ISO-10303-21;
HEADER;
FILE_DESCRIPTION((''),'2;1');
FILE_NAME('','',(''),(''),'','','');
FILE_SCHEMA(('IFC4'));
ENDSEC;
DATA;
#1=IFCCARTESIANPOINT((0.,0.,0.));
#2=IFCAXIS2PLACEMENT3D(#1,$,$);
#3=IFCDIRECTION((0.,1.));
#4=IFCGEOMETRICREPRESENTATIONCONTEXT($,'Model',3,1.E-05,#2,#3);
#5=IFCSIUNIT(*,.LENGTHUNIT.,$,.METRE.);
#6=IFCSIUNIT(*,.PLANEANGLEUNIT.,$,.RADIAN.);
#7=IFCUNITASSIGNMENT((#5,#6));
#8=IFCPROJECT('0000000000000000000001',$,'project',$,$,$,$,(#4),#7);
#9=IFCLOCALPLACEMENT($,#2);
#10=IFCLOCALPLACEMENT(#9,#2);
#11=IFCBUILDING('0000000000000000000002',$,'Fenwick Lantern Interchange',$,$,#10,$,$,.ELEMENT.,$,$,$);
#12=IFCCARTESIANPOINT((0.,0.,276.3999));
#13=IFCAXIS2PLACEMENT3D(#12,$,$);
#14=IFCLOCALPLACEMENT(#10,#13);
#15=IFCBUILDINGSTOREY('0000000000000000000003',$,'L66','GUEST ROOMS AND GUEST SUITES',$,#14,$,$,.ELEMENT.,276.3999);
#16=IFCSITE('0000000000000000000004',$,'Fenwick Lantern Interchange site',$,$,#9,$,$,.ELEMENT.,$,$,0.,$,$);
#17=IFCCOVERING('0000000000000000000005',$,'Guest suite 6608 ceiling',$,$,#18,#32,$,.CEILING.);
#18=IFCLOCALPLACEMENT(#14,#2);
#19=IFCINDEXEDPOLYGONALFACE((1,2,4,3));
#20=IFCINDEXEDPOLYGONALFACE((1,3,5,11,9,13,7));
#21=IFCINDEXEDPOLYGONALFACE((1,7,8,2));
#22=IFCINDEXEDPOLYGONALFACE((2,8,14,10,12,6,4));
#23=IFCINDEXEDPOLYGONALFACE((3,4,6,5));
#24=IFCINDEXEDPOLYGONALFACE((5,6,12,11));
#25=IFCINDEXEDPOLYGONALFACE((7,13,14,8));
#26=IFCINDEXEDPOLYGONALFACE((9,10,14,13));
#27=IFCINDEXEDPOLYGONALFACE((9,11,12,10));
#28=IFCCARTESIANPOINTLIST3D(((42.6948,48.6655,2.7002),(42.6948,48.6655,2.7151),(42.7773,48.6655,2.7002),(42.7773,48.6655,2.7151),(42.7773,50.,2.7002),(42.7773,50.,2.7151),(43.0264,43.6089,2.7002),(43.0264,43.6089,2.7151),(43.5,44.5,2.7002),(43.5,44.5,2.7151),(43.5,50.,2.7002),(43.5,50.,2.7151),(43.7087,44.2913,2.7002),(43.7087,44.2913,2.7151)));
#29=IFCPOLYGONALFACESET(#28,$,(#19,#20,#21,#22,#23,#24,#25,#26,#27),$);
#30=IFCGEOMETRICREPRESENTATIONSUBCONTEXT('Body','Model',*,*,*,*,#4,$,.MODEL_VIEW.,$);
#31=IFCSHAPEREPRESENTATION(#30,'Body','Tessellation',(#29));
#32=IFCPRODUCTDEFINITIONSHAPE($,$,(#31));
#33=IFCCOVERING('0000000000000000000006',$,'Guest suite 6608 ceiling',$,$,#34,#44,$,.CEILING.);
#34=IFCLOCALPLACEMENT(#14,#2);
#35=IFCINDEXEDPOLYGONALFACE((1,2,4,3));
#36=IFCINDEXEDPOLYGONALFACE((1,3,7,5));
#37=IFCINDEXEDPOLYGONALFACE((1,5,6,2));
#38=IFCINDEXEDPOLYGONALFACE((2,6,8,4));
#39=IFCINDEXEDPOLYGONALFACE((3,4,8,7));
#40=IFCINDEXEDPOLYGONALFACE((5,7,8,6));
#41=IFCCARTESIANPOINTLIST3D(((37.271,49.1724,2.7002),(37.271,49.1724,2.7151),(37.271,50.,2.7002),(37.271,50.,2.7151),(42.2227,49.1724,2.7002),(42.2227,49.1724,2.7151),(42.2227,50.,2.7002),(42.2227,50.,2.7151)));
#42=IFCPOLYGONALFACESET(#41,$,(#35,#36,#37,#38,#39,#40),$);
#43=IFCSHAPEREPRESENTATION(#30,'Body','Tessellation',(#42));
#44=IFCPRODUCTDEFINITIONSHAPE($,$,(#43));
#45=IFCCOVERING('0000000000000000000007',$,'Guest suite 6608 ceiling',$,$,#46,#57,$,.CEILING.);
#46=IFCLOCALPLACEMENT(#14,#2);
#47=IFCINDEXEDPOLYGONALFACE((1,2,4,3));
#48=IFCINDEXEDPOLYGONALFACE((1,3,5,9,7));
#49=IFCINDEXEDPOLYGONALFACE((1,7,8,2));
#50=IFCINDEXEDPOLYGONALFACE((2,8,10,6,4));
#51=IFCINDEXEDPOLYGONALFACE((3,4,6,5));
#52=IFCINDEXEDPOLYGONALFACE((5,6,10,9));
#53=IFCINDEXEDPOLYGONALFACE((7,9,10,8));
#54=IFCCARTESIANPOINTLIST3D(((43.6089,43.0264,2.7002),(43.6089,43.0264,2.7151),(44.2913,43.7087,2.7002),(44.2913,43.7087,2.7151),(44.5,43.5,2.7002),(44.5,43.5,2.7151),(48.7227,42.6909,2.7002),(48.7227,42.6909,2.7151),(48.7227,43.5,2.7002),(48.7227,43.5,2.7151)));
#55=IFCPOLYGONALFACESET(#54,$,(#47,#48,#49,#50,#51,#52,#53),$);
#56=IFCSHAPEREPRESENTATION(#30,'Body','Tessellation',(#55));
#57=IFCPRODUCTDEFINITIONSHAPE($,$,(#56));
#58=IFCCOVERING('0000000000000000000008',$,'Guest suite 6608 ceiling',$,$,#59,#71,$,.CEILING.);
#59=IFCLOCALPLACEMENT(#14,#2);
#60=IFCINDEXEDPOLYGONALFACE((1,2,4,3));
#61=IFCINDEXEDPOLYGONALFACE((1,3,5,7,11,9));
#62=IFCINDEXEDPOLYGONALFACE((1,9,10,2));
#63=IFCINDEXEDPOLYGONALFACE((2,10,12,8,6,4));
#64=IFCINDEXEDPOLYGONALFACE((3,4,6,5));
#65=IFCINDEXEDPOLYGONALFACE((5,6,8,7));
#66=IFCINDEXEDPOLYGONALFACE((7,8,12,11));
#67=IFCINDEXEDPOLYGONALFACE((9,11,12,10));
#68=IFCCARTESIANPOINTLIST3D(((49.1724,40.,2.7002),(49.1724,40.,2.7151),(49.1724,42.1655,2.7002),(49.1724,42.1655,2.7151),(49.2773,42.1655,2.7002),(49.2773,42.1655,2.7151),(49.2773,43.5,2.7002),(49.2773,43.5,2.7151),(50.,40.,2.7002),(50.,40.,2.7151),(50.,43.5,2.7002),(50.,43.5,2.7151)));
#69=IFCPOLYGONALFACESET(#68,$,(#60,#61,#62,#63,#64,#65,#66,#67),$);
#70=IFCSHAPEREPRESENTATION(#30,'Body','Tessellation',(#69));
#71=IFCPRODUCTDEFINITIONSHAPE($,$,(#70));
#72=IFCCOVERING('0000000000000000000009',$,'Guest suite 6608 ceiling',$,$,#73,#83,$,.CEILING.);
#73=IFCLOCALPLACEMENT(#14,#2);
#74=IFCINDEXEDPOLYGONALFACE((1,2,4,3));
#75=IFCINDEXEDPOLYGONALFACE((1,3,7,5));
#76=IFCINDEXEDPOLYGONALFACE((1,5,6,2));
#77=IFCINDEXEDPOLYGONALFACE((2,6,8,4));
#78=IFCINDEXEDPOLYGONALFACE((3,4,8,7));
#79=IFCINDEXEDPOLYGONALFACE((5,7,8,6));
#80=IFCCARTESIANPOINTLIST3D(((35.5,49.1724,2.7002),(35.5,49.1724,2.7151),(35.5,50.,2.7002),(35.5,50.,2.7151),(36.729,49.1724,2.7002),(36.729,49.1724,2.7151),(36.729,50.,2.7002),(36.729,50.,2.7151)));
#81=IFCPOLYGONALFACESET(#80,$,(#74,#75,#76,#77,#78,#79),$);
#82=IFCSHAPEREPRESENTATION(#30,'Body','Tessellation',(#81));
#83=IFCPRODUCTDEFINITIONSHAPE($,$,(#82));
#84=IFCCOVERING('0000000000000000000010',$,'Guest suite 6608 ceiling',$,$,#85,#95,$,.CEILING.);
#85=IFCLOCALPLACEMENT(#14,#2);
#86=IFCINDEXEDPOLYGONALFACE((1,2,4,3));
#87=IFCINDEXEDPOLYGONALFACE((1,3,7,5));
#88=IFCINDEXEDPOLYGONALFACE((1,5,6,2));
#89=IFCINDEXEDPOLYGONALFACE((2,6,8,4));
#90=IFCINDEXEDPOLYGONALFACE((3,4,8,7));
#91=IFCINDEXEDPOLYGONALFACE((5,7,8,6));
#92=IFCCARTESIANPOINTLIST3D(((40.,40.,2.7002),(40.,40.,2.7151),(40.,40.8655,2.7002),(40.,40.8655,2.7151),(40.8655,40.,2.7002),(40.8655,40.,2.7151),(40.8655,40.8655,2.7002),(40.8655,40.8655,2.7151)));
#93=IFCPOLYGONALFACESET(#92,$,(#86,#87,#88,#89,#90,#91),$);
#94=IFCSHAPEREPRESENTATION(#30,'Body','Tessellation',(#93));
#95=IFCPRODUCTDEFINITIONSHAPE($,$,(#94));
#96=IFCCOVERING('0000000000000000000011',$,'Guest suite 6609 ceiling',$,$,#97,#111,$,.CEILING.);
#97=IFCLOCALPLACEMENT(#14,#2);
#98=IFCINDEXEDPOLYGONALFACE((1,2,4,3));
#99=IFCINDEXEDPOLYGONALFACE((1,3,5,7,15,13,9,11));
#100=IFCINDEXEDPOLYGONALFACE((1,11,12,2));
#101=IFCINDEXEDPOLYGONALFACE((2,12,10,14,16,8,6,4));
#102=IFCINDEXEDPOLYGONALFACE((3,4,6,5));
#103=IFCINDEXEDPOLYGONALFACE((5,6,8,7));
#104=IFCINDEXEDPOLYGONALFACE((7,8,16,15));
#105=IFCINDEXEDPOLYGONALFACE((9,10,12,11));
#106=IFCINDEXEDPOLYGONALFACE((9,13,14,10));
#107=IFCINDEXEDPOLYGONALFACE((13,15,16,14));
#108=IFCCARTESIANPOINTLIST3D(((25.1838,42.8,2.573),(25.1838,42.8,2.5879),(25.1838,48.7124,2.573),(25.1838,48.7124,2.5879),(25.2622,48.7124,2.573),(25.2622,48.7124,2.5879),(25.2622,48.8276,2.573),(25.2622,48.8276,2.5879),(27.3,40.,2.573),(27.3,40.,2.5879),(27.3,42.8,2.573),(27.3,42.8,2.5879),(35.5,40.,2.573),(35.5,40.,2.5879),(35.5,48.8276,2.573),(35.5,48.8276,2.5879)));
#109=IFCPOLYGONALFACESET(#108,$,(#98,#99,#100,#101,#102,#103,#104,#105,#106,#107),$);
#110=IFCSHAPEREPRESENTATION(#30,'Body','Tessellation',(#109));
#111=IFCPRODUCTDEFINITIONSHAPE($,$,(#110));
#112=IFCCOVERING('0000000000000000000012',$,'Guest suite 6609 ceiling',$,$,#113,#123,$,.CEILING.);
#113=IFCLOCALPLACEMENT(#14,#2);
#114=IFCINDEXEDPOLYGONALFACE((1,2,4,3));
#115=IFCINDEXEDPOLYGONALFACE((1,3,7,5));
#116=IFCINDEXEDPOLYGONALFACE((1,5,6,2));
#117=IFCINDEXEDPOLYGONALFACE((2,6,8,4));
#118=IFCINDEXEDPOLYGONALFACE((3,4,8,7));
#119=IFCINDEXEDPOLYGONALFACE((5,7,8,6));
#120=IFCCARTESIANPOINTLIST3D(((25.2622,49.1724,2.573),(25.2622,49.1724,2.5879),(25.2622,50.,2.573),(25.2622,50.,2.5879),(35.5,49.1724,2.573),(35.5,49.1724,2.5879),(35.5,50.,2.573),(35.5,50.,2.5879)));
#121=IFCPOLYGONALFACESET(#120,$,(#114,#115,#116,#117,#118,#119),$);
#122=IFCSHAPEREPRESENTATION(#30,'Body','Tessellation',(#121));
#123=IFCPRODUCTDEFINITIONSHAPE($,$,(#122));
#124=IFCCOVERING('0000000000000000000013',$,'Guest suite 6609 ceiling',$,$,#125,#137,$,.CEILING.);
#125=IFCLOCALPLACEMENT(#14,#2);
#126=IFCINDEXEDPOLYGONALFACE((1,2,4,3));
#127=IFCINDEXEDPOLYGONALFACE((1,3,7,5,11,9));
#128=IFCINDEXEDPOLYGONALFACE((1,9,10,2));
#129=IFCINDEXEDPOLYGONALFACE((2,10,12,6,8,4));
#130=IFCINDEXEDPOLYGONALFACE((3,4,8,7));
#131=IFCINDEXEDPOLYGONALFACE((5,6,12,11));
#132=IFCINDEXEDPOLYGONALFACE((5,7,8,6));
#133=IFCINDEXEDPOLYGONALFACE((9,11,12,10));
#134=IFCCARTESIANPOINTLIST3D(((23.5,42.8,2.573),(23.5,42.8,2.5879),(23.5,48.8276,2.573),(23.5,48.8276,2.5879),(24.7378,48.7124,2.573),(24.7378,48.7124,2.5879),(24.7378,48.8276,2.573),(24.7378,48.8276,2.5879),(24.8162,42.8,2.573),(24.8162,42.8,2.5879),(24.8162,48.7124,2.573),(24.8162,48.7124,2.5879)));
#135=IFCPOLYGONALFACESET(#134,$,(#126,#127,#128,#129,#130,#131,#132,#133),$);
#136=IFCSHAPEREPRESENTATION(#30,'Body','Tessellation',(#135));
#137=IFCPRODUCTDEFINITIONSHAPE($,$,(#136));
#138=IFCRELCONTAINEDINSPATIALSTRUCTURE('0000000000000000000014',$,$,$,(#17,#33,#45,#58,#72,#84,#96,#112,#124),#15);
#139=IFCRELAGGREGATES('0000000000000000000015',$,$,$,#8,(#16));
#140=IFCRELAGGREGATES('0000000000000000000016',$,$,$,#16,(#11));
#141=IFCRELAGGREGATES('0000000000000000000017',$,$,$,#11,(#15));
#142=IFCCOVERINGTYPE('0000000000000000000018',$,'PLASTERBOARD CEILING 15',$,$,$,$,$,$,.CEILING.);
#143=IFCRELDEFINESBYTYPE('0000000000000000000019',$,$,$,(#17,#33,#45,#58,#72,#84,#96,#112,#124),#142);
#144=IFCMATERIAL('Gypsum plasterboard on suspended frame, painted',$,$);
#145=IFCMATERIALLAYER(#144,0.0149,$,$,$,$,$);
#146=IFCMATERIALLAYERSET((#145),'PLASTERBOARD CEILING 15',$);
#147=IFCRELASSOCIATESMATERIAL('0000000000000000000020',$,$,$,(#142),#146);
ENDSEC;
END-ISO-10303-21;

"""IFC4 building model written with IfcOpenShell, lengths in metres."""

from ifc_helpers import new_model, si_unit, direction, frame, origin, place, context, subcontext, project, spatial, polyline, outline, extrude, material, layer, layer_set, type_object, element, save


model = new_model("IFC4")

# Units and contexts
model_context = context("Model", 3, precision=1e-05, world=origin(), true_north=direction((0.0, 1.0)))
body_context = subcontext(model_context, "Body", "Model", "MODEL_VIEW")
ifc_project = project(units=[si_unit("LENGTHUNIT", "METRE"), si_unit("PLANEANGLEUNIT", "RADIAN")], contexts=[model_context])

# Site, building, storey
site_placement = place(None, origin())
site = spatial("IfcSite", under=ifc_project, at=site_placement, Name="Fenwick Lantern Interchange site", CompositionType="ELEMENT", RefElevation=0.0)
building_placement = place(site_placement, origin())
building = spatial("IfcBuilding", under=site, at=building_placement, Name="Fenwick Lantern Interchange", CompositionType="ELEMENT")
storey_placement = place(building_placement, frame((0.0, 0.0, 276.3999)))
storey = spatial("IfcBuildingStorey", under=building, at=storey_placement, Name="L66", Description="GUEST ROOMS AND GUEST SUITES", CompositionType="ELEMENT", Elevation=276.3999)

# Coverings
ifc_material_1 = material(Name="Gypsum plasterboard on suspended frame, painted")
ifc_layer_1 = layer(ifc_material_1, 0.0149)
ifc_layer_set_1 = layer_set([ifc_layer_1], Name="PLASTERBOARD CEILING 15")
covering_type_1 = type_object("IfcCoveringType", Name="PLASTERBOARD CEILING 15", PredefinedType="CEILING", material=ifc_layer_set_1)
covering_1_placement = place(storey_placement, frame((0.0, 0.0, 2.7002)))
element("IfcCovering", 1, at=covering_1_placement, inside=storey, type_object=covering_type_1, Name="Guest suite 6608 ceiling", PredefinedType="CEILING", context=body_context, shape_type="SweptSolid", body=[
    extrude(outline(polyline([(42.7773, 48.6655), (42.6948, 48.6655), (43.0264, 43.6089), (43.7087, 44.2913), (43.5, 44.5), (43.5, 50.0), (42.7773, 50.0), (42.7773, 48.6655)])), origin(), (0.0, 0.0, 1.0), 0.0149),
])
covering_2_placement = place(storey_placement, frame((0.0, 0.0, 2.7002)))
element("IfcCovering", 2, at=covering_2_placement, inside=storey, type_object=covering_type_1, Name="Guest suite 6608 ceiling", PredefinedType="CEILING", context=body_context, shape_type="SweptSolid", body=[
    extrude(outline(polyline([(37.271, 50.0), (37.271, 49.1724), (42.2227, 49.1724), (42.2227, 50.0), (37.271, 50.0)])), origin(), (0.0, 0.0, 1.0), 0.0149),
])
covering_3_placement = place(storey_placement, frame((0.0, 0.0, 2.7002)))
element("IfcCovering", 3, at=covering_3_placement, inside=storey, type_object=covering_type_1, Name="Guest suite 6608 ceiling", PredefinedType="CEILING", context=body_context, shape_type="SweptSolid", body=[
    extrude(outline(polyline([(44.2913, 43.7087), (43.6089, 43.0264), (48.7227, 42.6909), (48.7227, 43.5), (44.5, 43.5), (44.2913, 43.7087)])), origin(), (0.0, 0.0, 1.0), 0.0149),
])
covering_4_placement = place(storey_placement, frame((0.0, 0.0, 2.7002)))
element("IfcCovering", 4, at=covering_4_placement, inside=storey, type_object=covering_type_1, Name="Guest suite 6608 ceiling", PredefinedType="CEILING", context=body_context, shape_type="SweptSolid", body=[
    extrude(outline(polyline([(49.2773, 43.5), (49.2773, 42.1655), (49.1724, 42.1655), (49.1724, 40.0), (50.0, 40.0), (50.0, 43.5), (49.2773, 43.5)])), origin(), (0.0, 0.0, 1.0), 0.0149),
])
covering_5_placement = place(storey_placement, frame((0.0, 0.0, 2.7002)))
element("IfcCovering", 5, at=covering_5_placement, inside=storey, type_object=covering_type_1, Name="Guest suite 6608 ceiling", PredefinedType="CEILING", context=body_context, shape_type="SweptSolid", body=[
    extrude(outline(polyline([(35.5, 50.0), (35.5, 49.1724), (36.729, 49.1724), (36.729, 50.0), (35.5, 50.0)])), origin(), (0.0, 0.0, 1.0), 0.0149),
])
covering_6_placement = place(storey_placement, frame((0.0, 0.0, 2.7002)))
element("IfcCovering", 6, at=covering_6_placement, inside=storey, type_object=covering_type_1, Name="Guest suite 6608 ceiling", PredefinedType="CEILING", context=body_context, shape_type="SweptSolid", body=[
    extrude(outline(polyline([(40.0, 40.0), (40.8655, 40.0), (40.8655, 40.8655), (40.0, 40.8655), (40.0, 40.0)])), origin(), (0.0, 0.0, 1.0), 0.0149),
])
covering_7_placement = place(storey_placement, frame((0.0, 0.0, 2.573)))
element("IfcCovering", 7, at=covering_7_placement, inside=storey, type_object=covering_type_1, Name="Guest suite 6609 ceiling", PredefinedType="CEILING", context=body_context, shape_type="SweptSolid", body=[
    extrude(outline(polyline([(25.2622, 48.7124), (25.1838, 48.7124), (25.1838, 42.8), (27.3, 42.8), (27.3, 40.0), (35.5, 40.0), (35.5, 48.8276), (25.2622, 48.8276), (25.2622, 48.7124)])), origin(), (0.0, 0.0, 1.0), 0.0149),
])
covering_8_placement = place(storey_placement, frame((0.0, 0.0, 2.573)))
element("IfcCovering", 8, at=covering_8_placement, inside=storey, type_object=covering_type_1, Name="Guest suite 6609 ceiling", PredefinedType="CEILING", context=body_context, shape_type="SweptSolid", body=[
    extrude(outline(polyline([(25.2622, 50.0), (25.2622, 49.1724), (35.5, 49.1724), (35.5, 50.0), (25.2622, 50.0)])), origin(), (0.0, 0.0, 1.0), 0.0149),
])
covering_9_placement = place(storey_placement, frame((0.0, 0.0, 2.573)))
element("IfcCovering", 9, at=covering_9_placement, inside=storey, type_object=covering_type_1, Name="Guest suite 6609 ceiling", PredefinedType="CEILING", context=body_context, shape_type="SweptSolid", body=[
    extrude(outline(polyline([(24.7378, 48.7124), (24.7378, 48.8276), (23.5, 48.8276), (23.5, 42.8), (24.8162, 42.8), (24.8162, 48.7124), (24.7378, 48.7124)])), origin(), (0.0, 0.0, 1.0), 0.0149),
])

save(model, "model.ifc")
